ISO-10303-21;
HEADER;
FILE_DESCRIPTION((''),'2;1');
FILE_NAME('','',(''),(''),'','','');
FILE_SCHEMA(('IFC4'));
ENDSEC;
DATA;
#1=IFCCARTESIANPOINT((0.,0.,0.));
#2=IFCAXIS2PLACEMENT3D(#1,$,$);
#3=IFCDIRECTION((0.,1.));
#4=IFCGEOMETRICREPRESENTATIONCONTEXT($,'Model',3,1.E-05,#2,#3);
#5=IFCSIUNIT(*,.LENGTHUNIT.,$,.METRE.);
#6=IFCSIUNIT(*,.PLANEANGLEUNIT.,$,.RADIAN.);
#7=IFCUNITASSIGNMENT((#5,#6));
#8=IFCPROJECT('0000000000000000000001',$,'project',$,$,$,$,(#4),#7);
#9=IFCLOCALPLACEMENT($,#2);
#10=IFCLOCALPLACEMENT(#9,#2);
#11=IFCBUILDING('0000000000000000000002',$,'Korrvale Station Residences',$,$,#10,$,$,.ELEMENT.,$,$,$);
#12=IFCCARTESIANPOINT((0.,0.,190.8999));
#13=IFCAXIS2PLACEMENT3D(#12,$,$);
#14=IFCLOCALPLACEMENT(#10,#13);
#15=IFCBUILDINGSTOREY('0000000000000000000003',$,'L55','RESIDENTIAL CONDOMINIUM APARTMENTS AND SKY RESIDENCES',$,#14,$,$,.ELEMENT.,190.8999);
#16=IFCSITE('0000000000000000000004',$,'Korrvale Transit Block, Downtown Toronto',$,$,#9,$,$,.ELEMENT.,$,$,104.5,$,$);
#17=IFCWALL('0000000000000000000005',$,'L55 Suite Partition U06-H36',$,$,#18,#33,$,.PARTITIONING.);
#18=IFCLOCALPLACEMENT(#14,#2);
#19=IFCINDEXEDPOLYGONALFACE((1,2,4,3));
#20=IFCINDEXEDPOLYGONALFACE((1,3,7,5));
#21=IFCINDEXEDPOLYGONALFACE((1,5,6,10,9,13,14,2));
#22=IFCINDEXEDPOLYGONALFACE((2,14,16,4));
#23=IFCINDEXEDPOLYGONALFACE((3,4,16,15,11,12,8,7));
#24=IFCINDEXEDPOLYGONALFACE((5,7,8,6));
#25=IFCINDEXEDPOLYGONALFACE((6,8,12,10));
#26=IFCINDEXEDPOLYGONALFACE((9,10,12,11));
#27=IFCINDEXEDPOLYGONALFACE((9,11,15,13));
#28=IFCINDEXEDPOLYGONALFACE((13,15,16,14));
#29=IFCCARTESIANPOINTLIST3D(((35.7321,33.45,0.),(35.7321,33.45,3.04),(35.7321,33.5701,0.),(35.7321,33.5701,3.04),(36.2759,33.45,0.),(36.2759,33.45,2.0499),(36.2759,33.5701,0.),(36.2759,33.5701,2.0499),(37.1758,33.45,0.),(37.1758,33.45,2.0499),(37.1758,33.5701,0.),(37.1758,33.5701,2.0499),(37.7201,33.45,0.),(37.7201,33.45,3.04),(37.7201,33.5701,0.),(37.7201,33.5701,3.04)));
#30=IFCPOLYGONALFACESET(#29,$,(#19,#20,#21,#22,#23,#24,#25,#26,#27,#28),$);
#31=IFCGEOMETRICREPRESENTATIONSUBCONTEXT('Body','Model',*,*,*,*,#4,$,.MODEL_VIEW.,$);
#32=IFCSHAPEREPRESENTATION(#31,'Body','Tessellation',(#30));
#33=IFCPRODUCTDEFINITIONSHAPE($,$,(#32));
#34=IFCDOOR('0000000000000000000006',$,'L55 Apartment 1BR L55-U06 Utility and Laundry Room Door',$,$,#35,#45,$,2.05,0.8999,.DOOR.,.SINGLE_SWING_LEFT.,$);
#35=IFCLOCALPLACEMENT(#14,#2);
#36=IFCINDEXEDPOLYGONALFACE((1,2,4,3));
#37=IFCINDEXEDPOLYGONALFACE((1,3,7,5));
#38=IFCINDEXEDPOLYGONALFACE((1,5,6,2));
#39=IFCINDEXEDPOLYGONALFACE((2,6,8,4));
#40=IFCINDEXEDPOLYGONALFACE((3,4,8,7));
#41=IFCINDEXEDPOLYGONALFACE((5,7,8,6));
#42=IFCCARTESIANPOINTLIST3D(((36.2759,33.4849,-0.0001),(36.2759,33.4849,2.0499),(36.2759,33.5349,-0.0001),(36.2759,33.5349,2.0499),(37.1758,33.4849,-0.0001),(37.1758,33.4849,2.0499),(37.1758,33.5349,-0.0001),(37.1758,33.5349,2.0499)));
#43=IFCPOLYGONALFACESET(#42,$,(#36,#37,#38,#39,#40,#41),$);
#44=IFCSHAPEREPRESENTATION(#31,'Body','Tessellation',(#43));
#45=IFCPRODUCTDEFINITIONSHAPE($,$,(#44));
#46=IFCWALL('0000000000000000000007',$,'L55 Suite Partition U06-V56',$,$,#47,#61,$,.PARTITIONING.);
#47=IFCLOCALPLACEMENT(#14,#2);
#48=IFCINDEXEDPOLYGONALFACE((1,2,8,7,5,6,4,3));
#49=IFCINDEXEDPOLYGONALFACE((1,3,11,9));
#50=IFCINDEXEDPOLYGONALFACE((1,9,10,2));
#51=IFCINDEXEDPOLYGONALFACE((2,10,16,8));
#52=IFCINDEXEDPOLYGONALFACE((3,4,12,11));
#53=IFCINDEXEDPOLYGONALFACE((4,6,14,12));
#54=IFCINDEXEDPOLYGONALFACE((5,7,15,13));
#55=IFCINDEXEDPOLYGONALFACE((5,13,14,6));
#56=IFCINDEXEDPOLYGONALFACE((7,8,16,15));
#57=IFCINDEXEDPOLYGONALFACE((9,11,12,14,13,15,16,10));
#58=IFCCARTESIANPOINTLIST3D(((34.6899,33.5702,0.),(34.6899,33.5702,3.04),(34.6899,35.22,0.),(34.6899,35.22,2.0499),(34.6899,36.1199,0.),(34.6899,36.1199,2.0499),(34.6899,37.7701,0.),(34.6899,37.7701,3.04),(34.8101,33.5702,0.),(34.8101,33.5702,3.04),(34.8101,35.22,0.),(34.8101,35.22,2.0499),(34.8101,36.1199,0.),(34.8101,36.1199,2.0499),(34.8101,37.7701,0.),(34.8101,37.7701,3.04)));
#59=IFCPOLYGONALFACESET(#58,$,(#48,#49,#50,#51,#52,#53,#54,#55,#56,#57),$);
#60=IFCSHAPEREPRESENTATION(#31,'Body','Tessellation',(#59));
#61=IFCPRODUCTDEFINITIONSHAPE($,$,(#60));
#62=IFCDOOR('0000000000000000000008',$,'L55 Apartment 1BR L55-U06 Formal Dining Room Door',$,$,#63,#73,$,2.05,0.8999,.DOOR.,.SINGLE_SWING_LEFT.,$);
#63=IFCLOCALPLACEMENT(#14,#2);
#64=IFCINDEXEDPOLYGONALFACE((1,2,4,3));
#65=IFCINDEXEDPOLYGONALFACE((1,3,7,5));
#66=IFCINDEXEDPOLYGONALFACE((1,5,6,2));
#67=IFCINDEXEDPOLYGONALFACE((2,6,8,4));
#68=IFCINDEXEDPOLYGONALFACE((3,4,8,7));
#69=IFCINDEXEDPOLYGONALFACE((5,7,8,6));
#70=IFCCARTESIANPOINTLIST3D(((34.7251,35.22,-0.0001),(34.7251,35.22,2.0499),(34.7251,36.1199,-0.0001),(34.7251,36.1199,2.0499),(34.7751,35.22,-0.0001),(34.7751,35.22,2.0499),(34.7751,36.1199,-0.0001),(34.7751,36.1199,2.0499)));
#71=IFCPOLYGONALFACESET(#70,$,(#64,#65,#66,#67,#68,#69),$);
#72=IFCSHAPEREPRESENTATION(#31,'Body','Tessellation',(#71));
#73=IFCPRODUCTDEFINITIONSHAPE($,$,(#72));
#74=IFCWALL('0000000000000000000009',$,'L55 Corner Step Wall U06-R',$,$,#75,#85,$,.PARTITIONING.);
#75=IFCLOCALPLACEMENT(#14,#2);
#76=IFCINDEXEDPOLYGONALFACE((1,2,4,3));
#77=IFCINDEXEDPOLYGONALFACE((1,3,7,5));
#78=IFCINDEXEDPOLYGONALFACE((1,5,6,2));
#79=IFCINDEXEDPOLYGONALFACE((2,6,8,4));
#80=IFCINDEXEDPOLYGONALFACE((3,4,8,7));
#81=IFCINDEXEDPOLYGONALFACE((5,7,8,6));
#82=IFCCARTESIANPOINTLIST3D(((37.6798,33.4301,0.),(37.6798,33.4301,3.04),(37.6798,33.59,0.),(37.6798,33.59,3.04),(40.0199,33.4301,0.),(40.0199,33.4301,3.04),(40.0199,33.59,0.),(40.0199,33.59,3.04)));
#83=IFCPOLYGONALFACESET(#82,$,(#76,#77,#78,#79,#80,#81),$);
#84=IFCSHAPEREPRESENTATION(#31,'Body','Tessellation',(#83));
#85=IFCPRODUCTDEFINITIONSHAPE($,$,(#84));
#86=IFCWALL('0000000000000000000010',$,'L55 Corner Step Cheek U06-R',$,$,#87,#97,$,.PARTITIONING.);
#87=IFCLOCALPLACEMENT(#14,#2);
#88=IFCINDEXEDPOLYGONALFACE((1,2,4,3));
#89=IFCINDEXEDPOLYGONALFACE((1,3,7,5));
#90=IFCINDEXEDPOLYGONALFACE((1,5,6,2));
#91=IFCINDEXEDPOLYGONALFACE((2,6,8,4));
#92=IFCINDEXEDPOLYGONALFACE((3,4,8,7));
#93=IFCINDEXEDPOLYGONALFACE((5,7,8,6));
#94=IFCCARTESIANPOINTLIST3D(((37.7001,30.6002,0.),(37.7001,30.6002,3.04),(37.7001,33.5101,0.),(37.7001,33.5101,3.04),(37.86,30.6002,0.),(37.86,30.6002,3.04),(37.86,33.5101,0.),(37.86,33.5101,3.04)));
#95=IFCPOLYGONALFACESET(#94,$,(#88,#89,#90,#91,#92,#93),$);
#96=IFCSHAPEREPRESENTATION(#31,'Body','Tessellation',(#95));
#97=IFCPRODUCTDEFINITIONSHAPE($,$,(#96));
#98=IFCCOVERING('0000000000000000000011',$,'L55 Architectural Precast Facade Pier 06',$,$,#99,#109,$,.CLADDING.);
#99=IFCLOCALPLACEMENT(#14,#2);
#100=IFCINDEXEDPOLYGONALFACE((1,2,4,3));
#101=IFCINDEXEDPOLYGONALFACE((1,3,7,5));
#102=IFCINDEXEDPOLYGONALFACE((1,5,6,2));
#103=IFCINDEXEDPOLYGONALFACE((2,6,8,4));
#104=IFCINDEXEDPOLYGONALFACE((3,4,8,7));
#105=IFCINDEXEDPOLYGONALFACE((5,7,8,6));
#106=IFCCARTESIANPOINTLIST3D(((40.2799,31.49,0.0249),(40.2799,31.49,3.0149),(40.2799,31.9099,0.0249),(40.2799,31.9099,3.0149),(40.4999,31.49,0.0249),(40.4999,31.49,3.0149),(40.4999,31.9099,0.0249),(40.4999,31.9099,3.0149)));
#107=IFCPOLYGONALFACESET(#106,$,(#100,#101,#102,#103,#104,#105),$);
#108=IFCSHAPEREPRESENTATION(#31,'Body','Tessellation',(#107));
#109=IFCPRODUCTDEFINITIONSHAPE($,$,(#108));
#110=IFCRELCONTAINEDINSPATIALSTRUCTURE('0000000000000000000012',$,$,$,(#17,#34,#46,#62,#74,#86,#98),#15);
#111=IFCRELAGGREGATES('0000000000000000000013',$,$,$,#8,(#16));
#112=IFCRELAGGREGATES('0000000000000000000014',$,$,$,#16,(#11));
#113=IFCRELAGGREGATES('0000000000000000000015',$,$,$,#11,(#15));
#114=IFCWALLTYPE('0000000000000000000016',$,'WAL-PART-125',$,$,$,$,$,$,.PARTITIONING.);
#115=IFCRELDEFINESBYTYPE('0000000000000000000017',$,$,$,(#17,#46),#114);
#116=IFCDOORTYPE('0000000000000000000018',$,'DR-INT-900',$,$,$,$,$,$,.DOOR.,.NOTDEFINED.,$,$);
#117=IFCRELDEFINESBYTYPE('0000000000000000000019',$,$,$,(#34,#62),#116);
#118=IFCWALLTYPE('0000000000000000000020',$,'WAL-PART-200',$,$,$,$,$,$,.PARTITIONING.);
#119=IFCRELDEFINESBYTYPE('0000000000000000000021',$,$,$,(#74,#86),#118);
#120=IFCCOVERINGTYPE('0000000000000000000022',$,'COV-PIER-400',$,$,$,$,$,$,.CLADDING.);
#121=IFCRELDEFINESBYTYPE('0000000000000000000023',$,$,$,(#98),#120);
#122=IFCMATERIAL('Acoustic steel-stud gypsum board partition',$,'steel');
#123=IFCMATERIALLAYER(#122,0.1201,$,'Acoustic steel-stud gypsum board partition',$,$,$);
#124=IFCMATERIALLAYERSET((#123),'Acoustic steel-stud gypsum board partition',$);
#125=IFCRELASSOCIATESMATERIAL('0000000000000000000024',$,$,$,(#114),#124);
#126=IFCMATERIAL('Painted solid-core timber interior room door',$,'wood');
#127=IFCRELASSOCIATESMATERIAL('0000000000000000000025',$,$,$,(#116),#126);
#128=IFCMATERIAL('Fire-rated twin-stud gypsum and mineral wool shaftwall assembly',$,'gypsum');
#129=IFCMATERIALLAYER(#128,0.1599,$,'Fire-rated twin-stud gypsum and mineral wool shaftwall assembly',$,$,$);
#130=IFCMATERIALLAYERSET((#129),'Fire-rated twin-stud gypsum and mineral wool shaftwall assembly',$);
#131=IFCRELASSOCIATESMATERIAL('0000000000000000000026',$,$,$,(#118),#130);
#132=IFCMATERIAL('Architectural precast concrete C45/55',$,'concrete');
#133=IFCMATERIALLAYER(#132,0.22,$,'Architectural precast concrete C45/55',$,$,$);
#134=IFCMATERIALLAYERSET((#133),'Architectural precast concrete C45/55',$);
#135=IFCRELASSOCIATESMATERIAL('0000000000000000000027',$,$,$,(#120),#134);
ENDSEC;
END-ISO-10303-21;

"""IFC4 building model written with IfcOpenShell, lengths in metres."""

from ifc_helpers import new_model, si_unit, direction, frame, frame_2d, origin, origin_2d, place, context, subcontext, project, spatial, rectangle, extrude, material, layer, layer_set, type_object, element, fill, save


model = new_model("IFC4")

# Units and contexts
model_context = context("Model", 3, precision=1e-05, world=origin(), true_north=direction((0.0, 1.0)))
body_context = subcontext(model_context, "Body", "Model", "MODEL_VIEW")
ifc_project = project(units=[si_unit("LENGTHUNIT", "METRE"), si_unit("PLANEANGLEUNIT", "RADIAN")], contexts=[model_context])

# Site, building, storey
site_placement = place(None, origin())
site = spatial("IfcSite", under=ifc_project, at=site_placement, Name="Korrvale Transit Block, Downtown Toronto", CompositionType="ELEMENT", RefElevation=104.5)
building_placement = place(site_placement, origin())
building = spatial("IfcBuilding", under=site, at=building_placement, Name="Korrvale Station Residences", CompositionType="ELEMENT")
storey_placement = place(building_placement, frame((0.0, 0.0, 190.8999)))
storey = spatial("IfcBuildingStorey", under=building, at=storey_placement, Name="L55", Description="RESIDENTIAL CONDOMINIUM APARTMENTS AND SKY RESIDENCES", CompositionType="ELEMENT", Elevation=190.8999)

# Shared definitions
ifc_material_1 = material(Name="Acoustic steel-stud gypsum board partition", Category="steel")
ifc_layer_1 = layer(ifc_material_1, 0.1201, Name="Acoustic steel-stud gypsum board partition")
ifc_layer_set_1 = layer_set([ifc_layer_1], Name="Acoustic steel-stud gypsum board partition")
wall_type_1 = type_object("IfcWallType", Name="WAL-PART-125", PredefinedType="PARTITIONING", material=ifc_layer_set_1)
ifc_material_2 = material(Name="Painted solid-core timber interior room door", Category="wood")
door_type = type_object("IfcDoorType", Name="DR-INT-900", OperationType="NOTDEFINED", PredefinedType="DOOR", material=ifc_material_2)

# Walls, openings, doors
wall_1_placement = place(storey_placement, frame((35.7319, 33.51, 0.0), z_axis=(0.0, 0.0, 1.0), x_axis=(1.0, 0.0, 0.0)))
wall_1 = element("IfcWall", 1, at=wall_1_placement, inside=storey, type_object=wall_type_1, Name="L55 Suite Partition U06-H36", PredefinedType="PARTITIONING", context=body_context, shape_type="SweptSolid", body=[
    extrude(rectangle(XDim=1.988, YDim=0.1201, at=frame_2d((0.9941, 0.0))), origin(), (0.0, 0.0, 1.0), 3.04),
])
opening_1_placement = place(wall_1_placement, frame((0.5439, 0.0, 0.0)))
opening_1 = element("IfcOpeningElement", 2, at=opening_1_placement, cuts=wall_1, PredefinedType="OPENING", context=body_context, shape_type="SweptSolid", body=[
    extrude(rectangle(XDim=0.8999, YDim=2.05, at=frame_2d((0.45, 1.0249))), frame((0.0, 0.0701, 0.0), z_axis=(0.0, -1.0, 0.0), x_axis=(1.0, 0.0, 0.0)), (0.0, 0.0, 1.0), 0.1401),
])
door_1_placement = place(opening_1_placement, origin())
door_1 = element("IfcDoor", 3, at=door_1_placement, inside=storey, type_object=door_type, Name="L55 Apartment 1BR L55-U06 Utility and Laundry Room Door", OperationType="SINGLE_SWING_LEFT", OverallHeight=2.05, OverallWidth=0.8999, PredefinedType="DOOR", context=body_context, shape_type="SweptSolid", body=[
    extrude(rectangle(XDim=0.8999, YDim=2.05, at=frame_2d((0.45, 1.0249))), frame((0.0, 0.0249, 0.0), z_axis=(0.0, -1.0, 0.0), x_axis=(1.0, 0.0, 0.0)), (0.0, 0.0, 1.0), 0.05),
])
fill(opening_1, door_1)
wall_2_placement = place(storey_placement, frame((34.75, 33.5701, 0.0), z_axis=(0.0, 0.0, 1.0), x_axis=(0.0, 1.0, 0.0)))
wall_2 = element("IfcWall", 4, at=wall_2_placement, inside=storey, type_object=wall_type_1, Name="L55 Suite Partition U06-V56", PredefinedType="PARTITIONING", context=body_context, shape_type="SweptSolid", body=[
    extrude(rectangle(XDim=4.2, YDim=0.1201, at=frame_2d((2.1001, 0.0))), origin(), (0.0, 0.0, 1.0), 3.04),
])
opening_2_placement = place(wall_2_placement, frame((1.6499, 0.0, 0.0)))
opening_2 = element("IfcOpeningElement", 5, at=opening_2_placement, cuts=wall_2, PredefinedType="OPENING", context=body_context, shape_type="SweptSolid", body=[
    extrude(rectangle(XDim=0.8999, YDim=2.05, at=frame_2d((0.45, 1.0249))), frame((0.0, 0.0701, 0.0), z_axis=(0.0, -1.0, 0.0), x_axis=(1.0, 0.0, 0.0)), (0.0, 0.0, 1.0), 0.1401),
])
door_2_placement = place(opening_2_placement, origin())
door_2 = element("IfcDoor", 6, at=door_2_placement, inside=storey, type_object=door_type, Name="L55 Apartment 1BR L55-U06 Formal Dining Room Door", OperationType="SINGLE_SWING_LEFT", OverallHeight=2.05, OverallWidth=0.8999, PredefinedType="DOOR", context=body_context, shape_type="SweptSolid", body=[
    extrude(rectangle(XDim=0.8999, YDim=2.05, at=frame_2d((0.45, 1.0249))), frame((0.0, 0.0249, 0.0), z_axis=(0.0, -1.0, 0.0), x_axis=(1.0, 0.0, 0.0)), (0.0, 0.0, 1.0), 0.05),
])
fill(opening_2, door_2)

# Walls
ifc_material_3 = material(Name="Fire-rated twin-stud gypsum and mineral wool shaftwall assembly", Category="gypsum")
ifc_layer_2 = layer(ifc_material_3, 0.1599, Name="Fire-rated twin-stud gypsum and mineral wool shaftwall assembly")
ifc_layer_set_2 = layer_set([ifc_layer_2], Name="Fire-rated twin-stud gypsum and mineral wool shaftwall assembly")
wall_type_2 = type_object("IfcWallType", Name="WAL-PART-200", PredefinedType="PARTITIONING", material=ifc_layer_set_2)
wall_3_placement = place(storey_placement, frame((37.6799, 33.51, 0.0), z_axis=(0.0, 0.0, 1.0), x_axis=(1.0, 0.0, 0.0)))
element("IfcWall", 7, at=wall_3_placement, inside=storey, type_object=wall_type_2, Name="L55 Corner Step Wall U06-R", PredefinedType="PARTITIONING", context=body_context, shape_type="SweptSolid", body=[
    extrude(rectangle(XDim=2.3401, YDim=0.1599, at=frame_2d((1.1699, 0.0))), origin(), (0.0, 0.0, 1.0), 3.04),
])
wall_4_placement = place(storey_placement, frame((37.78, 30.6001, 0.0), z_axis=(0.0, 0.0, 1.0), x_axis=(0.0, 1.0, 0.0)))
element("IfcWall", 8, at=wall_4_placement, inside=storey, type_object=wall_type_2, Name="L55 Corner Step Cheek U06-R", PredefinedType="PARTITIONING", context=body_context, shape_type="SweptSolid", body=[
    extrude(rectangle(XDim=2.9099, YDim=0.1599, at=frame_2d((1.4551, 0.0))), origin(), (0.0, 0.0, 1.0), 3.04),
])

# Covering
ifc_material_4 = material(Name="Architectural precast concrete C45/55", Category="concrete")
ifc_layer_3 = layer(ifc_material_4, 0.22, Name="Architectural precast concrete C45/55")
ifc_layer_set_3 = layer_set([ifc_layer_3], Name="Architectural precast concrete C45/55")
covering_type = type_object("IfcCoveringType", Name="COV-PIER-400", PredefinedType="CLADDING", material=ifc_layer_set_3)
covering_placement = place(storey_placement, frame((40.3899, 31.7, 0.0249), z_axis=(0.0, 0.0, 1.0), x_axis=(0.0, 1.0, 0.0)))
element("IfcCovering", 9, at=covering_placement, inside=storey, type_object=covering_type, Name="L55 Architectural Precast Facade Pier 06", PredefinedType="CLADDING", context=body_context, shape_type="SweptSolid", body=[
    extrude(rectangle(XDim=0.4199, YDim=0.22, at=origin_2d()), origin(), (0.0, 0.0, 1.0), 2.99),
])

save(model, "model.ifc")
